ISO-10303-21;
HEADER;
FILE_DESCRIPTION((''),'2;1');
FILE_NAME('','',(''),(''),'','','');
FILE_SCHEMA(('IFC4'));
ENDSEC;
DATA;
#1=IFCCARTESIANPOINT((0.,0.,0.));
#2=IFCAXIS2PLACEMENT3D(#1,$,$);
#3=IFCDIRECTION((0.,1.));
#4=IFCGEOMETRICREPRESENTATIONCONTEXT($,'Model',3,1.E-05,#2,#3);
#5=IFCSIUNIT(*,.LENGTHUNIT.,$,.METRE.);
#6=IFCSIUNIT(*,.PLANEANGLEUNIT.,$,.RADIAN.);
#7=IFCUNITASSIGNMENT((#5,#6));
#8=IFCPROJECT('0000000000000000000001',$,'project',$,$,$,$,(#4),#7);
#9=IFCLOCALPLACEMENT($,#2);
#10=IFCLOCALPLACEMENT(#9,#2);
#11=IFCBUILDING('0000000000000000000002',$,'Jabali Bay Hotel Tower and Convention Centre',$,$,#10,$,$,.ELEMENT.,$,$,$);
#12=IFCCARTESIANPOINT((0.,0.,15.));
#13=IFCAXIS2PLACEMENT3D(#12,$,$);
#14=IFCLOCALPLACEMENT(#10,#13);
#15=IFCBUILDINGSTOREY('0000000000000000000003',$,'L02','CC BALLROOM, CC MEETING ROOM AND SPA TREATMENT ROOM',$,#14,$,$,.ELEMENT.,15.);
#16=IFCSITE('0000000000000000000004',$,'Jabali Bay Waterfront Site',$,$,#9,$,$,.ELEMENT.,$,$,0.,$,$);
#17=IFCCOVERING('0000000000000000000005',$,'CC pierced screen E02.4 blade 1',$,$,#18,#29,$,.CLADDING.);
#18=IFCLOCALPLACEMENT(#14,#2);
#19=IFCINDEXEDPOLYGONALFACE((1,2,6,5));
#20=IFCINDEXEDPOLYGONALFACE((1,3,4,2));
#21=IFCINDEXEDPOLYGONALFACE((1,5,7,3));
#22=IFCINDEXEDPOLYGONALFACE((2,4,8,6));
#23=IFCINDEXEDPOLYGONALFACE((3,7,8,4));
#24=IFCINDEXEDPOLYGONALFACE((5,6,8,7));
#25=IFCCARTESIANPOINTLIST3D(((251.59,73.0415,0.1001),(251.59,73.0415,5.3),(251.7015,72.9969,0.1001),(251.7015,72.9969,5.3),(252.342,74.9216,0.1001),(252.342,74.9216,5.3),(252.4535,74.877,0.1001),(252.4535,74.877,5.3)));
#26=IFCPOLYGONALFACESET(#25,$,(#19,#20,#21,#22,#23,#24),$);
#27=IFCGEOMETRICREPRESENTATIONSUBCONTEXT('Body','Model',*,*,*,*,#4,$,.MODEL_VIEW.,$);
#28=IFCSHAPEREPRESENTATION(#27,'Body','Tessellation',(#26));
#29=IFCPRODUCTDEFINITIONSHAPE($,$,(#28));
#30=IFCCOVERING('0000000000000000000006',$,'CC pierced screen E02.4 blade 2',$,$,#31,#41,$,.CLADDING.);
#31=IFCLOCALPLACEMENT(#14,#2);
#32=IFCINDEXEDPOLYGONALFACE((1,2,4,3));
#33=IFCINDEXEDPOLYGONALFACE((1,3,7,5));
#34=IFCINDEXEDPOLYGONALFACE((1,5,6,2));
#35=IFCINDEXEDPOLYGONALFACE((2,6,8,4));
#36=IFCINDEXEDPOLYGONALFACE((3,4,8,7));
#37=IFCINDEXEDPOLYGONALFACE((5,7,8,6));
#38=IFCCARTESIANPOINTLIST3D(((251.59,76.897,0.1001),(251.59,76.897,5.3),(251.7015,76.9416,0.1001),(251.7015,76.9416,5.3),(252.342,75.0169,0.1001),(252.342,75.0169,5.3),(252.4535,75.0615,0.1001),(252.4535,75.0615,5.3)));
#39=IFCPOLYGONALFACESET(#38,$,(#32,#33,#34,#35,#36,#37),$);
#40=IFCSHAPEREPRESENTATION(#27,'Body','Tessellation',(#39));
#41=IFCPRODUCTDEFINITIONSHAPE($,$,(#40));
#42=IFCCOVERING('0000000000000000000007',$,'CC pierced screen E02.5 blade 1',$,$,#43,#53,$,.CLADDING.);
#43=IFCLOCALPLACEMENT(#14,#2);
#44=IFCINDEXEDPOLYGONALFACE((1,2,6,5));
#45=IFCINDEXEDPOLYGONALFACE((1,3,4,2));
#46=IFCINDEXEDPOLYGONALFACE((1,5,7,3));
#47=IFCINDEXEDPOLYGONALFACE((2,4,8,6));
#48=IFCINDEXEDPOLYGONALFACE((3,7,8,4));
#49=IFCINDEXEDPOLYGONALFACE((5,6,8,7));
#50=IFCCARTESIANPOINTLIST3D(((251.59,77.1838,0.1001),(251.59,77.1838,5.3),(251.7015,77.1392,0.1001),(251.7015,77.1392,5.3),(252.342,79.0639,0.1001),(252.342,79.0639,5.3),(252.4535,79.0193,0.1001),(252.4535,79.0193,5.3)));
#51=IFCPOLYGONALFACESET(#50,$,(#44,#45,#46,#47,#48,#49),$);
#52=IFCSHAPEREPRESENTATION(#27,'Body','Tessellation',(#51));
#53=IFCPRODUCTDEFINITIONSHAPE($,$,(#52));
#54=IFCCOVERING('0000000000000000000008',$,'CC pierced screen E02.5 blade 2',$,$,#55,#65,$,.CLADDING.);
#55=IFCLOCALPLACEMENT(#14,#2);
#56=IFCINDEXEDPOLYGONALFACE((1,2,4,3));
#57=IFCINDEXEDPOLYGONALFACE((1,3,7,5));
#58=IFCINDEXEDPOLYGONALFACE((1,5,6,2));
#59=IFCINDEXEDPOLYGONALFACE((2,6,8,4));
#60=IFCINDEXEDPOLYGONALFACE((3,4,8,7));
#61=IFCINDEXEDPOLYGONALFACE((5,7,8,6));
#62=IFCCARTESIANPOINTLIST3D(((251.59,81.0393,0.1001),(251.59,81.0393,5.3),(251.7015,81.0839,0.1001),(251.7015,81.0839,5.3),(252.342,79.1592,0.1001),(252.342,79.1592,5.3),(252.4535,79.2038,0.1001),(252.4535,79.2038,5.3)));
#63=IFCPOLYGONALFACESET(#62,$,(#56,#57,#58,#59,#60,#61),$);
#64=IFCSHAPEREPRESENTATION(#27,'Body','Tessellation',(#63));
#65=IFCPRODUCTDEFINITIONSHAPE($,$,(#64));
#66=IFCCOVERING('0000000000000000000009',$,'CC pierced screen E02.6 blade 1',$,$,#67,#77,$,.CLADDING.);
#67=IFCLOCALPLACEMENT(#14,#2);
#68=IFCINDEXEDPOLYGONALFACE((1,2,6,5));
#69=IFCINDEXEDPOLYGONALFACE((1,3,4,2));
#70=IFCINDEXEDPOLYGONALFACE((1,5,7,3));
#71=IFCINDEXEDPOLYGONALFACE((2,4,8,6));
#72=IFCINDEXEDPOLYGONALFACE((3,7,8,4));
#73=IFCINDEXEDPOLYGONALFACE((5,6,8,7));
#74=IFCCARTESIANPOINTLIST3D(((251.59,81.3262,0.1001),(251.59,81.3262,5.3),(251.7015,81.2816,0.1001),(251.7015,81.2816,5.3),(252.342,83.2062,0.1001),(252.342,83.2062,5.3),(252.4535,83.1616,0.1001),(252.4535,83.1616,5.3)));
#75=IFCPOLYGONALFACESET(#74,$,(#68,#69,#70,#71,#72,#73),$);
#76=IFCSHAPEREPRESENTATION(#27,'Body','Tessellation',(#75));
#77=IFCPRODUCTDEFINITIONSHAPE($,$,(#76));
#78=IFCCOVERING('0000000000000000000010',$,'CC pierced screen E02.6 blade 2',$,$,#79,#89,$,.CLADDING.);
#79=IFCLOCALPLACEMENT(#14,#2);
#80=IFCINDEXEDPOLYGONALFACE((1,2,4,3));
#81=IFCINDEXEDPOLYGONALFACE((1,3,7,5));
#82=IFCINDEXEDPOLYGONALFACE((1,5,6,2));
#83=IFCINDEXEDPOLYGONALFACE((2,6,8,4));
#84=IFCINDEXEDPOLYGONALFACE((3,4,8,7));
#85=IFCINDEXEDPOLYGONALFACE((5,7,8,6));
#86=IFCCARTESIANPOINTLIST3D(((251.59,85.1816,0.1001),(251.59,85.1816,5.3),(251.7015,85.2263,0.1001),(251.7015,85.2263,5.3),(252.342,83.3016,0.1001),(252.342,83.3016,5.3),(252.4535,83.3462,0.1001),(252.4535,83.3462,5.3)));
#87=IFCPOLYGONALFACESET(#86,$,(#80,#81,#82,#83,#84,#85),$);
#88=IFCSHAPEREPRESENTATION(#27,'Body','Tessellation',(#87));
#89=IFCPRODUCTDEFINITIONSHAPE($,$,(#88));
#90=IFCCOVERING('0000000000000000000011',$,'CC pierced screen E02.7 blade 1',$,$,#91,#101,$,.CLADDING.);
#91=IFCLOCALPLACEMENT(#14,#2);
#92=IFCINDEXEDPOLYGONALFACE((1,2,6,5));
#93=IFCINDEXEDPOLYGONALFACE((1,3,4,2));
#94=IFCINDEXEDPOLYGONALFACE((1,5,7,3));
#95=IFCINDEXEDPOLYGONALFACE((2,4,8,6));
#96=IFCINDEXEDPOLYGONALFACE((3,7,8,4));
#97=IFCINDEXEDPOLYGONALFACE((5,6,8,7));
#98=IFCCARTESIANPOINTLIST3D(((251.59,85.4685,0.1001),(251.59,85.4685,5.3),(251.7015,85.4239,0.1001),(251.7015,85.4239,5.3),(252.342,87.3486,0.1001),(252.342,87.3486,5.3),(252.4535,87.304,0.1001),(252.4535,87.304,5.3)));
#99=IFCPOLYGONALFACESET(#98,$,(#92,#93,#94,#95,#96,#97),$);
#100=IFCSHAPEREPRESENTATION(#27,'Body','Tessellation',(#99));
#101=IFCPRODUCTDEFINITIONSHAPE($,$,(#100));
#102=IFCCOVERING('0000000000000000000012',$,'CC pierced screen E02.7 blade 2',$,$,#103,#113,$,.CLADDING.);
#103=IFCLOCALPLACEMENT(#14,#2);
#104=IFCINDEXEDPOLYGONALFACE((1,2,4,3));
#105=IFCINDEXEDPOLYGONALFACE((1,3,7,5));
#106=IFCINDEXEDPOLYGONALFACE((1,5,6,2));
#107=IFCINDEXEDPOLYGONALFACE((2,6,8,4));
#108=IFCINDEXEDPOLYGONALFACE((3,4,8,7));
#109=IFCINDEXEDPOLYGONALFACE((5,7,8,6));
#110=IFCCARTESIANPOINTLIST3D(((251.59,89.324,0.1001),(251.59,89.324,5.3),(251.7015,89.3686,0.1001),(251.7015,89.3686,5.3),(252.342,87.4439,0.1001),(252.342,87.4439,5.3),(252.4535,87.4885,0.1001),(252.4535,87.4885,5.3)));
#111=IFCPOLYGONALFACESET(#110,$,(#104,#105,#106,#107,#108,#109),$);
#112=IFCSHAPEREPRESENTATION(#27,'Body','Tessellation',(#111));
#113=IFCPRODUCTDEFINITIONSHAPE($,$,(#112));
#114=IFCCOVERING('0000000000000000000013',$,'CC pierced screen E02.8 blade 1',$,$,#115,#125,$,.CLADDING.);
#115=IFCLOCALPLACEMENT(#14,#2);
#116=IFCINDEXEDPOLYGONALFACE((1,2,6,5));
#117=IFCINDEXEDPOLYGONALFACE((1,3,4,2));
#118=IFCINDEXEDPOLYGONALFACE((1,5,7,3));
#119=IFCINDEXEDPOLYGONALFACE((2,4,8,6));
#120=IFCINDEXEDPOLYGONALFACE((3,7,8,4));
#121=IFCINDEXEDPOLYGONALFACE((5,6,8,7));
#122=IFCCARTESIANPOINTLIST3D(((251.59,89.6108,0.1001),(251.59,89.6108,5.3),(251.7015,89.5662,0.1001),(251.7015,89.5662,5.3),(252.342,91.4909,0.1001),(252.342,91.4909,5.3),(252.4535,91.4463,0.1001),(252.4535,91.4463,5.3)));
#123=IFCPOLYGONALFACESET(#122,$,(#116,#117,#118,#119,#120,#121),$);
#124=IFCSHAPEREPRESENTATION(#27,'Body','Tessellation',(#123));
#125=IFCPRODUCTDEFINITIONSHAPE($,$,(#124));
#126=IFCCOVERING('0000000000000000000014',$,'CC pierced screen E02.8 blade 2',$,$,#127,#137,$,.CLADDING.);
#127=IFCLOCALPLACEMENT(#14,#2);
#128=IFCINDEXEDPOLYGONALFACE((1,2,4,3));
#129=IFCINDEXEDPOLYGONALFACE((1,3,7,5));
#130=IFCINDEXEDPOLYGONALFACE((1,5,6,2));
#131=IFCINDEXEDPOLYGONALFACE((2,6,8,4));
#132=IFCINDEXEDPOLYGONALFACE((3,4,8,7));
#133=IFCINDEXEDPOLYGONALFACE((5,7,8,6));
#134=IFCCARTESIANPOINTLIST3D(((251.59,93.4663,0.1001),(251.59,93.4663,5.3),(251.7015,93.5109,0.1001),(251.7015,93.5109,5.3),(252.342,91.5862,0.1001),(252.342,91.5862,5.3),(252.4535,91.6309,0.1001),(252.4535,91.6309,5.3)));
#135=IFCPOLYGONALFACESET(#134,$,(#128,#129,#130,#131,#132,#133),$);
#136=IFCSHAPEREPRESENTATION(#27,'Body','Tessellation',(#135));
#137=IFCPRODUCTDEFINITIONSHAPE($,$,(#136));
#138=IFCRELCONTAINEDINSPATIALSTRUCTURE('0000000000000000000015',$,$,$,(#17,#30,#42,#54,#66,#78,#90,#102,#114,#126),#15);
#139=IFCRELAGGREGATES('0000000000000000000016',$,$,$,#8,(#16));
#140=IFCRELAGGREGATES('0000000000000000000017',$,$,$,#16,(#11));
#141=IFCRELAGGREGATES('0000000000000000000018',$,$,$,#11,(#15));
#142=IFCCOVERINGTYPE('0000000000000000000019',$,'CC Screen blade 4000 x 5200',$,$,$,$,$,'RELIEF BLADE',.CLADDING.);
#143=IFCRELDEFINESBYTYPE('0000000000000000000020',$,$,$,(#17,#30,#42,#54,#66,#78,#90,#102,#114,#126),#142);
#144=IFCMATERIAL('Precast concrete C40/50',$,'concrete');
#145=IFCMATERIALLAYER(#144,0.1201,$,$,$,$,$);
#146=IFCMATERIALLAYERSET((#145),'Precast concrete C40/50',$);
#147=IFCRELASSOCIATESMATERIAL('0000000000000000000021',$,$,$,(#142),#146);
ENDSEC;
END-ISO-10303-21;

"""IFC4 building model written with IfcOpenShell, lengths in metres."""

from ifc_helpers import new_model, si_unit, direction, frame, origin, origin_2d, place, context, subcontext, project, spatial, rectangle, extrude, material, layer, layer_set, type_object, element, save


model = new_model("IFC4")

# Units and contexts
model_context = context("Model", 3, precision=1e-05, world=origin(), true_north=direction((0.0, 1.0)))
body_context = subcontext(model_context, "Body", "Model", "MODEL_VIEW")
ifc_project = project(units=[si_unit("LENGTHUNIT", "METRE"), si_unit("PLANEANGLEUNIT", "RADIAN")], contexts=[model_context])

# Site, building, storey
site_placement = place(None, origin())
site = spatial("IfcSite", under=ifc_project, at=site_placement, Name="Jabali Bay Waterfront Site", CompositionType="ELEMENT", RefElevation=0.0)
building_placement = place(site_placement, origin())
building = spatial("IfcBuilding", under=site, at=building_placement, Name="Jabali Bay Hotel Tower and Convention Centre", CompositionType="ELEMENT")
storey_placement = place(building_placement, frame((0.0, 0.0, 15.0)))
storey = spatial("IfcBuildingStorey", under=building, at=storey_placement, Name="L02", Description="CC BALLROOM, CC MEETING ROOM AND SPA TREATMENT ROOM", CompositionType="ELEMENT", Elevation=15.0)

# Shared definitions
ifc_material_1 = material(Name="Precast concrete C40/50", Category="concrete")

# Coverings
ifc_layer_1 = layer(ifc_material_1, 0.1201)
ifc_layer_set_1 = layer_set([ifc_layer_1], Name="Precast concrete C40/50")
covering_type = type_object("IfcCoveringType", Name="CC Screen blade 4000 x 5200", ElementType="RELIEF BLADE", PredefinedType="CLADDING", material=ifc_layer_set_1)
for number, where, z_axis, x_axis, name in (
    (1, (252.0217, 73.9592, 0.1001), (0.0, 0.0, 1.0), (0.371391, 0.928477, 0.0), "CC pierced screen E02.4 blade 1"),
    (2, (252.0217, 75.9792, 0.1001), (0.0, 0.0, 1.0), (0.371391, -0.928477, 0.0), "CC pierced screen E02.4 blade 2"),
    (3, (252.0217, 78.1016, 0.1001), (0.0, 0.0, 1.0), (0.371391, 0.928477, 0.0), "CC pierced screen E02.5 blade 1"),
    (4, (252.0217, 80.1216, 0.1001), (0.0, 0.0, 1.0), (0.371391, -0.928477, 0.0), "CC pierced screen E02.5 blade 2"),
    (5, (252.0217, 82.2439, 0.1001), (0.0, 0.0, 1.0), (0.371391, 0.928477, 0.0), "CC pierced screen E02.6 blade 1"),
    (6, (252.0217, 84.2639, 0.1001), (0.0, 0.0, 1.0), (0.371391, -0.928477, 0.0), "CC pierced screen E02.6 blade 2"),
    (7, (252.0217, 86.3862, 0.1001), (0.0, 0.0, 1.0), (0.371391, 0.928477, 0.0), "CC pierced screen E02.7 blade 1"),
    (8, (252.0217, 88.4062, 0.1001), (0.0, 0.0, 1.0), (0.371391, -0.928477, 0.0), "CC pierced screen E02.7 blade 2"),
    (9, (252.0217, 90.5286, 0.1001), (0.0, 0.0, 1.0), (0.371391, 0.928477, 0.0), "CC pierced screen E02.8 blade 1"),
    (10, (252.0217, 92.5486, 0.1001), (0.0, 0.0, 1.0), (0.371391, -0.928477, 0.0), "CC pierced screen E02.8 blade 2"),
):
    element("IfcCovering", number, at=place(storey_placement, frame(where, z_axis=z_axis, x_axis=x_axis)), inside=storey, type_object=covering_type, Name=name, PredefinedType="CLADDING", context=body_context, shape_type="SweptSolid", body=[
        extrude(rectangle(XDim=2.0249, YDim=0.1201, at=origin_2d()), origin(), (0.0, 0.0, 1.0), 5.2),
    ])

save(model, "model.ifc")
